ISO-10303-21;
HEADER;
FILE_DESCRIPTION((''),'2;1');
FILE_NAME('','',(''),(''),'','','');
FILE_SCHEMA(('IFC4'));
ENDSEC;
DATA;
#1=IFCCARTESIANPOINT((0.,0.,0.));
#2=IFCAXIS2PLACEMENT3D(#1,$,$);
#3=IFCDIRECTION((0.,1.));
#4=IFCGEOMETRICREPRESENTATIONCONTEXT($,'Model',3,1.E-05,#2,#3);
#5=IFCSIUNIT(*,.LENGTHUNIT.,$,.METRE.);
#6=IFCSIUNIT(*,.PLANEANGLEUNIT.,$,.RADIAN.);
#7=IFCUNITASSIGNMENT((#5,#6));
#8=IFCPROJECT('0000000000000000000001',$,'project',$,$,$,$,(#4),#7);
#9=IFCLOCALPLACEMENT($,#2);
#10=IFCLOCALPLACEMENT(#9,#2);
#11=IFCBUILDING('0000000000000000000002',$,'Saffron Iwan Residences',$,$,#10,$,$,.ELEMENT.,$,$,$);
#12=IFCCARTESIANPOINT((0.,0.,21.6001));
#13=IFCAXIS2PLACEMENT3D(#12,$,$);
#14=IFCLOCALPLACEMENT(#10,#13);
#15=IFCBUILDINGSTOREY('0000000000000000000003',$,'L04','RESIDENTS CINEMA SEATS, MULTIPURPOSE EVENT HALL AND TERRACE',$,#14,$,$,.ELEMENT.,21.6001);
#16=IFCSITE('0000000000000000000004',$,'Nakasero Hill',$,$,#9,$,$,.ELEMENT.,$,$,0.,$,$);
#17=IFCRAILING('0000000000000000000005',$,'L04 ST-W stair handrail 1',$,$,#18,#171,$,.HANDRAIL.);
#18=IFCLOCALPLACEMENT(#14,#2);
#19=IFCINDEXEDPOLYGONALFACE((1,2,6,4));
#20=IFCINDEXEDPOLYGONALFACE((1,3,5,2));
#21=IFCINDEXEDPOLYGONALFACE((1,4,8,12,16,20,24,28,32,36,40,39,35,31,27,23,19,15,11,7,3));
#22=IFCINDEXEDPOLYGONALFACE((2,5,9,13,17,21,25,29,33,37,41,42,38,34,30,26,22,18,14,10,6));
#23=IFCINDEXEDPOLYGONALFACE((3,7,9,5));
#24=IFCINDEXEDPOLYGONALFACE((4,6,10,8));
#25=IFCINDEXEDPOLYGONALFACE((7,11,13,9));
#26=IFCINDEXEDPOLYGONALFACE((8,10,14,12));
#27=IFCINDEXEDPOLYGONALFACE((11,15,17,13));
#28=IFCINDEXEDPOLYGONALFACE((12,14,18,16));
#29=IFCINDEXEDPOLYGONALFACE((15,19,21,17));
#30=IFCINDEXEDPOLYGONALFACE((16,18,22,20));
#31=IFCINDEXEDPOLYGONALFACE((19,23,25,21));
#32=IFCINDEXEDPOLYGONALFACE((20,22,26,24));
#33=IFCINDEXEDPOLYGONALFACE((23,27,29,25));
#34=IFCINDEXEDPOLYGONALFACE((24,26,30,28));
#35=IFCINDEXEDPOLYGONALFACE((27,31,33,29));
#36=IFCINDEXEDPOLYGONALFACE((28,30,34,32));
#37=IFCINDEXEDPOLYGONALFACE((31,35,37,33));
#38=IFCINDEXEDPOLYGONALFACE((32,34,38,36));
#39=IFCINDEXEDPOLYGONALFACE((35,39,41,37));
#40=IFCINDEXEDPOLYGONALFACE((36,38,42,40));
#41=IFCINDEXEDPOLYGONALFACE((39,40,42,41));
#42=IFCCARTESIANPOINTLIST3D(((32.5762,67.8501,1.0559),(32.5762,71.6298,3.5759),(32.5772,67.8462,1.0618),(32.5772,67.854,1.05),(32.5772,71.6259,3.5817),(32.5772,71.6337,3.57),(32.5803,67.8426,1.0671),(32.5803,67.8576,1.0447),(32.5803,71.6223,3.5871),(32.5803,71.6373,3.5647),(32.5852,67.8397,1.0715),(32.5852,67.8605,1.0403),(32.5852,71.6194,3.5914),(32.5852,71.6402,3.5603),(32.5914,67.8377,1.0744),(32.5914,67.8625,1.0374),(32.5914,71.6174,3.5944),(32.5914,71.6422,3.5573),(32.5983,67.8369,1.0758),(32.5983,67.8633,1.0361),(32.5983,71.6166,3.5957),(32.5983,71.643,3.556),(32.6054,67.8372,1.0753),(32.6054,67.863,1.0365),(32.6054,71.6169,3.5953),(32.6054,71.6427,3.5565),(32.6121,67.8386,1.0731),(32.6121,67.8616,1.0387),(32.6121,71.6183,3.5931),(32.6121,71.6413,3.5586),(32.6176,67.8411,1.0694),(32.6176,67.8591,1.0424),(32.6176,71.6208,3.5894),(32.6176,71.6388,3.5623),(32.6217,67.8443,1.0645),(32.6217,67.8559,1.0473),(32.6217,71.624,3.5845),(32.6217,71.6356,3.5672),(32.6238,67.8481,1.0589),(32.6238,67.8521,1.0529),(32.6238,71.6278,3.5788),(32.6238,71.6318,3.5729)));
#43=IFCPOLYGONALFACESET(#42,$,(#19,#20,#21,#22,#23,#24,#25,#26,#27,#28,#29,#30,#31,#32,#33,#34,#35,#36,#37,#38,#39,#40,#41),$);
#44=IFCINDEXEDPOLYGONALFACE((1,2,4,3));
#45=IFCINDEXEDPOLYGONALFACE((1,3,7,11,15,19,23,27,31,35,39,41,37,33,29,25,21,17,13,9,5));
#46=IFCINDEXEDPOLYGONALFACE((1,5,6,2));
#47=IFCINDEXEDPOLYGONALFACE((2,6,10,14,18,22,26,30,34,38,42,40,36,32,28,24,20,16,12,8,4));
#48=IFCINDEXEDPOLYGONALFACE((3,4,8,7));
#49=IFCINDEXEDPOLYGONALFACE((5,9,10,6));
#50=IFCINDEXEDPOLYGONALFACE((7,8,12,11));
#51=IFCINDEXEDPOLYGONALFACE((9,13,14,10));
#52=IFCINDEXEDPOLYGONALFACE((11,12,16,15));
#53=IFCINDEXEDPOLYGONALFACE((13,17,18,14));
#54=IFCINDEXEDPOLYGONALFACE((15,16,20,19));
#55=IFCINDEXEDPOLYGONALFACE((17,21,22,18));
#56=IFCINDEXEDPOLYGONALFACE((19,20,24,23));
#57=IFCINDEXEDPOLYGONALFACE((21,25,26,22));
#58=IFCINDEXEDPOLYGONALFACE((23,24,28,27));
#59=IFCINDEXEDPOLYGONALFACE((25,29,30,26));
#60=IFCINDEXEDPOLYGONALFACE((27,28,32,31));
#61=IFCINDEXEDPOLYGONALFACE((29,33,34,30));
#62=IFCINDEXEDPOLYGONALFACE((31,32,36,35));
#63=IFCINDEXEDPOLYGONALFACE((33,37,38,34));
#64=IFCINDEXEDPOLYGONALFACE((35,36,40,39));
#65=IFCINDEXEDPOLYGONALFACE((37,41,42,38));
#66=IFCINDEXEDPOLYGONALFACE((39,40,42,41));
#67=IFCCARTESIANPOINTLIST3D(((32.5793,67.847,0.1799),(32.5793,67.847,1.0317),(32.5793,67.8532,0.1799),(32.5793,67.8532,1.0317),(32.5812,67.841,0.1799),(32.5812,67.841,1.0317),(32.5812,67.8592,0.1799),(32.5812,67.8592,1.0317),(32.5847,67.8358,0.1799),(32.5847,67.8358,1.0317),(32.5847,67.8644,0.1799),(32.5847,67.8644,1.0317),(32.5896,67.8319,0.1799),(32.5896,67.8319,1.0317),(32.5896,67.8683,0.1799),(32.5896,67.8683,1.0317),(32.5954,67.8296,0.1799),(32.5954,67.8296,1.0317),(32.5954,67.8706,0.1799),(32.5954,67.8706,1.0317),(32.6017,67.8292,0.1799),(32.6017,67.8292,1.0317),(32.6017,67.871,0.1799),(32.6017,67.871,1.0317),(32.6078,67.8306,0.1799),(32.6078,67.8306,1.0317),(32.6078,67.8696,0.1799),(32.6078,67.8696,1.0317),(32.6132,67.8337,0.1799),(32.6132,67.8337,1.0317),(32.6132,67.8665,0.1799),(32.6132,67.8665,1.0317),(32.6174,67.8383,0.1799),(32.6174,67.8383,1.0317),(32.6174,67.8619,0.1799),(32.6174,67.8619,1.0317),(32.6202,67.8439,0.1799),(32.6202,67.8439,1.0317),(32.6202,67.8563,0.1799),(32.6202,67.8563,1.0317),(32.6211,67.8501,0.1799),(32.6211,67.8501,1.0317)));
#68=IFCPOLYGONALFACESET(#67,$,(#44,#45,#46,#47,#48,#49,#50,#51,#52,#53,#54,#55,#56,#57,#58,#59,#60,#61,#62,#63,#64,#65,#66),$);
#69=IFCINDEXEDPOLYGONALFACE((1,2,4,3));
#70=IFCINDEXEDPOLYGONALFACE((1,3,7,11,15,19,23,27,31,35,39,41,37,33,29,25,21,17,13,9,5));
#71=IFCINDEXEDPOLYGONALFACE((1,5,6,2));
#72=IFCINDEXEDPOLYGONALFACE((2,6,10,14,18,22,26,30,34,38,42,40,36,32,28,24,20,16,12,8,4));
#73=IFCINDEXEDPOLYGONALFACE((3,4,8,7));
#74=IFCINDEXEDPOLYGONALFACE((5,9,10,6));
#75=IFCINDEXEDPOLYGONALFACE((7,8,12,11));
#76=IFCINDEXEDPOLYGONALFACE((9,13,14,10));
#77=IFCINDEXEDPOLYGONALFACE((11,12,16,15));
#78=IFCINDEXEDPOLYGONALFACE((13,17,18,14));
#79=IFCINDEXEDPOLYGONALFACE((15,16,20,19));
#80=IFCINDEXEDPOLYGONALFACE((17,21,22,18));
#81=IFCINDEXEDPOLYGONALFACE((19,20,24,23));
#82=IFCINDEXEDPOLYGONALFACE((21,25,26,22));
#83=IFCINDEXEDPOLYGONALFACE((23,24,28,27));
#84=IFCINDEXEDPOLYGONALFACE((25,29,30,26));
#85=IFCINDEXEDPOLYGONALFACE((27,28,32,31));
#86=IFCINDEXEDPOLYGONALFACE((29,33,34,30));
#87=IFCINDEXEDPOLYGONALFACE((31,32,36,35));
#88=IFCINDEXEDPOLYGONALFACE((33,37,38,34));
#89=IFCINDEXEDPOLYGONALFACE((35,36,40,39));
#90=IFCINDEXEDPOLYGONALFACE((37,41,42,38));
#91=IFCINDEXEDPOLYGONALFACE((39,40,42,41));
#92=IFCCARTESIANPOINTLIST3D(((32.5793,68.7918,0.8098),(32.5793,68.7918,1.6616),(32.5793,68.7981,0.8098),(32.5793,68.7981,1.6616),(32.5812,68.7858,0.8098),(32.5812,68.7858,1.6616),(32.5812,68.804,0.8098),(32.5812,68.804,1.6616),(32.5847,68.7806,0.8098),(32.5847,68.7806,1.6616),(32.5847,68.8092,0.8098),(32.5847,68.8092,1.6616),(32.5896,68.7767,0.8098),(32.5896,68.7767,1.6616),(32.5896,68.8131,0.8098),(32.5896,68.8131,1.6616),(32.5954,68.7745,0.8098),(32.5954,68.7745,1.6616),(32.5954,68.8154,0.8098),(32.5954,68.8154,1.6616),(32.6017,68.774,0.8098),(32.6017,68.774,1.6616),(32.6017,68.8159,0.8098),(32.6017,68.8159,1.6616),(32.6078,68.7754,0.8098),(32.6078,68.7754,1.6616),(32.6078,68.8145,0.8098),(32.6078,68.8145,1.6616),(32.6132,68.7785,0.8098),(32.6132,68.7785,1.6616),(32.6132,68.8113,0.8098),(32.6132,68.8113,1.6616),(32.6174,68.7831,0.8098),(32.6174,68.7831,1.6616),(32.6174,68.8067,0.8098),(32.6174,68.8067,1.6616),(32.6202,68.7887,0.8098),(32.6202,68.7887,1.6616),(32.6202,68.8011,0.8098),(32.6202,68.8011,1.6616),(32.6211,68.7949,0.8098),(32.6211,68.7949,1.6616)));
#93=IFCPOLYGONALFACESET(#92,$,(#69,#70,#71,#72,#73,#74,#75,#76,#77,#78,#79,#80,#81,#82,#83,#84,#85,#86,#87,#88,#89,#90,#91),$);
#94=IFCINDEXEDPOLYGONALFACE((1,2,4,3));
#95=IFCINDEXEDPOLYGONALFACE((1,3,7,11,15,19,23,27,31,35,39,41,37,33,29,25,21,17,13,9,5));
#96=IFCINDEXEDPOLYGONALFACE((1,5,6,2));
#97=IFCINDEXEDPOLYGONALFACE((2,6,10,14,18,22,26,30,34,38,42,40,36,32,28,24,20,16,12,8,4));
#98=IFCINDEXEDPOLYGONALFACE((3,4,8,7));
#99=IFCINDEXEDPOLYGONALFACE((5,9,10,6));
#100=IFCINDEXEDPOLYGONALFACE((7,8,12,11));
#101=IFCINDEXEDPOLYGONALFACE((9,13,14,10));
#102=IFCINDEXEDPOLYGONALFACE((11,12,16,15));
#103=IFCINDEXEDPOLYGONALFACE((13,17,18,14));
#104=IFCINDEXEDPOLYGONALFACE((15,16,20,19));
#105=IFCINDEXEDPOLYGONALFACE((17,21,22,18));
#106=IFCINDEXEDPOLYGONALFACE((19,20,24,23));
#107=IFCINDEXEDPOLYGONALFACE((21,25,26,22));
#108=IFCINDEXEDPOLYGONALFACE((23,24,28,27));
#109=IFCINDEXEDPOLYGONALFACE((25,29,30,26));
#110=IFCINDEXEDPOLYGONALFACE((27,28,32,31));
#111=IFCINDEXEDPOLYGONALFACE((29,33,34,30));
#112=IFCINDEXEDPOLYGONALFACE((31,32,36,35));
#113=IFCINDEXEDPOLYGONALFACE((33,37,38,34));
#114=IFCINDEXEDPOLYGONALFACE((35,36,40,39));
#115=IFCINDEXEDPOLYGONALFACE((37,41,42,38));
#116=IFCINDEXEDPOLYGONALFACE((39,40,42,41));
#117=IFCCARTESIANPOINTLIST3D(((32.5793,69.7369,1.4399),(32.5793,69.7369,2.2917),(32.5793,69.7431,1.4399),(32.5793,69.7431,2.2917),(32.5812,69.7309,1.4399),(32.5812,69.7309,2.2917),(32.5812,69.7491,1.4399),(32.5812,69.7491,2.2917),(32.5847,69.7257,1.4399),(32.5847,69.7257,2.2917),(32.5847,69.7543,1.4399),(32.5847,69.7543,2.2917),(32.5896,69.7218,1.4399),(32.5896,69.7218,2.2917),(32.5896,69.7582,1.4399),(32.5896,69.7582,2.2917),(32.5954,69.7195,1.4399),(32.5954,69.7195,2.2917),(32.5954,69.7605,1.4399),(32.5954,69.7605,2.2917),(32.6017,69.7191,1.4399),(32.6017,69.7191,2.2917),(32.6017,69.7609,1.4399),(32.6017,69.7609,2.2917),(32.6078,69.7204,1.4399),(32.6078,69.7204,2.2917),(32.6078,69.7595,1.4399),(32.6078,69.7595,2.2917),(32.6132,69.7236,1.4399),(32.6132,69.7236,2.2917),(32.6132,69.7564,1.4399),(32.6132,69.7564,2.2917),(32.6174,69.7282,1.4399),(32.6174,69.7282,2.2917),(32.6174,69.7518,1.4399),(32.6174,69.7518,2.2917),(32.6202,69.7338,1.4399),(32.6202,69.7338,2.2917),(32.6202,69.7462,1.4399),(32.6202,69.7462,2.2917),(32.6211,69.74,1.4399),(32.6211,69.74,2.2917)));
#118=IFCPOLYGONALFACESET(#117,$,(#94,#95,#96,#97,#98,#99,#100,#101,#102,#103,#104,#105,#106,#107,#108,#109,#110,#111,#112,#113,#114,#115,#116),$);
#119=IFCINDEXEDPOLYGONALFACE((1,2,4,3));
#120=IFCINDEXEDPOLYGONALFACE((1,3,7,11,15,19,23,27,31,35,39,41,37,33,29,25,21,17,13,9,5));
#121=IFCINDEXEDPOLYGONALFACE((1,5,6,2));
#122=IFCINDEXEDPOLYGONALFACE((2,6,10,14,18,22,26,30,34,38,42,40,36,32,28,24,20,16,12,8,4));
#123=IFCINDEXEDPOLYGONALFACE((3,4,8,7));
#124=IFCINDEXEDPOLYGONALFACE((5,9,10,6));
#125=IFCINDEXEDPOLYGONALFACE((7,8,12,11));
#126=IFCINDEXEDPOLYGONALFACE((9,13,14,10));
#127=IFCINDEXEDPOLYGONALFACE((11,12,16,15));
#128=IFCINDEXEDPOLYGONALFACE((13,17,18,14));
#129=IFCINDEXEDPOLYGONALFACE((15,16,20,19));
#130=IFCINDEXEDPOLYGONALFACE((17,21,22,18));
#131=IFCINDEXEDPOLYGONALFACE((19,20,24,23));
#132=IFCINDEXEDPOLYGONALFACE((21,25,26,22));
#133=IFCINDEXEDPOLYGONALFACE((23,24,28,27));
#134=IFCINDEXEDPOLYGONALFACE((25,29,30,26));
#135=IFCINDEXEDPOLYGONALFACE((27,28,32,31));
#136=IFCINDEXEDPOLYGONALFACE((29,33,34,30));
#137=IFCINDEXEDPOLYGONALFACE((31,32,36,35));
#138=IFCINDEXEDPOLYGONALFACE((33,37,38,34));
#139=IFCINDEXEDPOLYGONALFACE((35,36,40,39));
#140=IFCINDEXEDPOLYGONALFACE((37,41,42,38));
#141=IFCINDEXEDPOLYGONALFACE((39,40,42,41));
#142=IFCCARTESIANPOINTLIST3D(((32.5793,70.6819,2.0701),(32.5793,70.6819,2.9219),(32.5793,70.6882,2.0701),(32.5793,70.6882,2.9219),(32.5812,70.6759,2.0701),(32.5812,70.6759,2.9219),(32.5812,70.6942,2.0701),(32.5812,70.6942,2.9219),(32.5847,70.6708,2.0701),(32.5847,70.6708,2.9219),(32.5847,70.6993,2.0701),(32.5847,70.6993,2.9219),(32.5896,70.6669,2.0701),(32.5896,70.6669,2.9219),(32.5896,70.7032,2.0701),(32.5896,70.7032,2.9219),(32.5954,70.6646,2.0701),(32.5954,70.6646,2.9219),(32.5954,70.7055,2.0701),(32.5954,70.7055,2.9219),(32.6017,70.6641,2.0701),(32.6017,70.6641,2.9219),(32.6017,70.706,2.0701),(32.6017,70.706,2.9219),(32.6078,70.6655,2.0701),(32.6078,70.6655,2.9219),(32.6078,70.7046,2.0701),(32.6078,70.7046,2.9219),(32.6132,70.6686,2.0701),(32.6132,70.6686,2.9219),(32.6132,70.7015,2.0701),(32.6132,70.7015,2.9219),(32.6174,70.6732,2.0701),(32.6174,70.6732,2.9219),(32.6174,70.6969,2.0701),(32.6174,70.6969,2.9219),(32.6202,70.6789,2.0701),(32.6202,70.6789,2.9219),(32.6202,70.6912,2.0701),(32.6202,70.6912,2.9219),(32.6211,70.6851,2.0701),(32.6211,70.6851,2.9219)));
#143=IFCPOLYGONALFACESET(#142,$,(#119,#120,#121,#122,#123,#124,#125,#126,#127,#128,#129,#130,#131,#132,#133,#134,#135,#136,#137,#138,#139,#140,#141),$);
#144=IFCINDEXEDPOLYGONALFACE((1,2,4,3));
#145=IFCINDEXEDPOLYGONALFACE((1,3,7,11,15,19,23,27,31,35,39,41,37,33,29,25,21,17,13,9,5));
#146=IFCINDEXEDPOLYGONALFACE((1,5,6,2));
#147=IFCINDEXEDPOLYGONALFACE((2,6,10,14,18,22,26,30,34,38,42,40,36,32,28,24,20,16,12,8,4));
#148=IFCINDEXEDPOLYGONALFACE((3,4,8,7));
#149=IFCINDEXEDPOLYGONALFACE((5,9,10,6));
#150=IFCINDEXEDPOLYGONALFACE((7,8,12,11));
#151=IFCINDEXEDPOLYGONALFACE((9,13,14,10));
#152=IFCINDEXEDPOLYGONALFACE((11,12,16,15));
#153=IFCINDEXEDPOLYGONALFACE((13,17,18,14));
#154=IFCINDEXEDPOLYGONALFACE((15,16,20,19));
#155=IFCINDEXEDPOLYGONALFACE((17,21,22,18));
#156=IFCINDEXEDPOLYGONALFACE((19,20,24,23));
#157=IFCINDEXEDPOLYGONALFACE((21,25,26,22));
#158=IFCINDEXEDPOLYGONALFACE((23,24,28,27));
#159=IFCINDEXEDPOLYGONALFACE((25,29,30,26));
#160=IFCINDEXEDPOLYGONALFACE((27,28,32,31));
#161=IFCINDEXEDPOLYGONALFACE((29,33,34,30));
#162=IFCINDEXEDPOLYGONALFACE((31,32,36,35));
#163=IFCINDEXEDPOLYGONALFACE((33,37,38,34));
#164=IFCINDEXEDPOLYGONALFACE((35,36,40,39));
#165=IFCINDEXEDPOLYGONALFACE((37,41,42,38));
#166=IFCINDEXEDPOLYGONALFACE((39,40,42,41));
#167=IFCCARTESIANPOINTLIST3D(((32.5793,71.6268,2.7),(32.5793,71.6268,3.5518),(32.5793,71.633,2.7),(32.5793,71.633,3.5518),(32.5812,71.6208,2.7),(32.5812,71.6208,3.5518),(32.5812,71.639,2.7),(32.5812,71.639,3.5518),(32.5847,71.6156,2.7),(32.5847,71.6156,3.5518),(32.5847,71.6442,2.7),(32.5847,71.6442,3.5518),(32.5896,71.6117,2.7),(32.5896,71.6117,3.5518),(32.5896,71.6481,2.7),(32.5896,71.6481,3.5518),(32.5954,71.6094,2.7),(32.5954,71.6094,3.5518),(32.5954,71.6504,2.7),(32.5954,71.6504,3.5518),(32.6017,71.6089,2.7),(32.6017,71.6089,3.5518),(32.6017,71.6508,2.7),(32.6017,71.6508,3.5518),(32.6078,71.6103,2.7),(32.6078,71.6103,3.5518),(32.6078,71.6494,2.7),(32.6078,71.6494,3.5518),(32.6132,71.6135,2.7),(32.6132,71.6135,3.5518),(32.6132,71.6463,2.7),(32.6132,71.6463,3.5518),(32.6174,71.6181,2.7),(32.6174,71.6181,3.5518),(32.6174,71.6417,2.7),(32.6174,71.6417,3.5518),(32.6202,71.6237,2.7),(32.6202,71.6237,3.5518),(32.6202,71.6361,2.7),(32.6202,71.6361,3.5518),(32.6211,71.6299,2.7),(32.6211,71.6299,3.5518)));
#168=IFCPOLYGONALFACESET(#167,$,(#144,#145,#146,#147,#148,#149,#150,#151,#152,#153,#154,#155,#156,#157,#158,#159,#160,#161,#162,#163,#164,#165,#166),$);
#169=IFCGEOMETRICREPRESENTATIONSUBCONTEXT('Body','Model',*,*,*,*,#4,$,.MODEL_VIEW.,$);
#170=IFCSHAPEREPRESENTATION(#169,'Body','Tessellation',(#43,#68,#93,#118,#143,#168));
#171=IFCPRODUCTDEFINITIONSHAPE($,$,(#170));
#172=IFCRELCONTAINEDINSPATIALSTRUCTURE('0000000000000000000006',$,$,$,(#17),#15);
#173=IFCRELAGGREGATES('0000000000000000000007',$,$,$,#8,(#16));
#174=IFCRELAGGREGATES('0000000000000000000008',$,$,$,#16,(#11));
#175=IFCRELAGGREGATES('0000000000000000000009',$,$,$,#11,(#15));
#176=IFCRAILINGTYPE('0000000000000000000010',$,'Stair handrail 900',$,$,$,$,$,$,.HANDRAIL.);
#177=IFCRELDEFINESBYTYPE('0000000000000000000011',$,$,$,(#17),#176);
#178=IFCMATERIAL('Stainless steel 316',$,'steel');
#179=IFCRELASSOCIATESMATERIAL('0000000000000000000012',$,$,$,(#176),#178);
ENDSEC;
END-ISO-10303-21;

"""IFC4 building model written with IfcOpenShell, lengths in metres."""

from ifc_helpers import new_model, si_unit, direction, frame, origin, origin_2d, place, context, subcontext, project, spatial, circle, extrude, material, type_object, element, save


model = new_model("IFC4")

# Units and contexts
model_context = context("Model", 3, precision=1e-05, world=origin(), true_north=direction((0.0, 1.0)))
body_context = subcontext(model_context, "Body", "Model", "MODEL_VIEW")
ifc_project = project(units=[si_unit("LENGTHUNIT", "METRE"), si_unit("PLANEANGLEUNIT", "RADIAN")], contexts=[model_context])

# Site, building, storey
site_placement = place(None, origin())
site = spatial("IfcSite", under=ifc_project, at=site_placement, Name="Nakasero Hill", CompositionType="ELEMENT", RefElevation=0.0)
building_placement = place(site_placement, origin())
building = spatial("IfcBuilding", under=site, at=building_placement, Name="Saffron Iwan Residences", CompositionType="ELEMENT")
storey_placement = place(building_placement, frame((0.0, 0.0, 21.6001)))
storey = spatial("IfcBuildingStorey", under=building, at=storey_placement, Name="L04", Description="RESIDENTS CINEMA SEATS, MULTIPURPOSE EVENT HALL AND TERRACE", CompositionType="ELEMENT", Elevation=21.6001)

# Railing
ifc_material_1 = material(Name="Stainless steel 316", Category="steel")
railing_type_1 = type_object("IfcRailingType", Name="Stair handrail 900", PredefinedType="HANDRAIL", material=ifc_material_1)
railing_1_placement = place(storey_placement, frame((32.6001, 67.8501, 0.1799)))
element("IfcRailing", 1, at=railing_1_placement, inside=storey, type_object=railing_type_1, Name="L04 ST-W stair handrail 1", PredefinedType="HANDRAIL", context=body_context, shape_type="SweptSolid", body=[
    extrude(circle(Radius=0.0239, at=origin_2d()), frame((0.0, 0.0, 0.876), z_axis=(0.0, 0.832034, 0.554725), x_axis=(-1.0, 0.0, 0.0)), (0.0, 0.0, 1.0), 4.5427),
    extrude(circle(Radius=0.021, at=origin_2d()), origin(), (0.0, 0.0, 1.0), 0.8518),
    extrude(circle(Radius=0.021, at=origin_2d()), frame((0.0, 0.9448, 0.6299)), (0.0, 0.0, 1.0), 0.8518),
    extrude(circle(Radius=0.021, at=origin_2d()), frame((0.0, 1.8899, 1.26)), (0.0, 0.0, 1.0), 0.8518),
    extrude(circle(Radius=0.021, at=origin_2d()), frame((0.0, 2.835, 1.8901)), (0.0, 0.0, 1.0), 0.8518),
    extrude(circle(Radius=0.021, at=origin_2d()), frame((0.0, 3.7798, 2.52)), (0.0, 0.0, 1.0), 0.8518),
])

save(model, "model.ifc")
